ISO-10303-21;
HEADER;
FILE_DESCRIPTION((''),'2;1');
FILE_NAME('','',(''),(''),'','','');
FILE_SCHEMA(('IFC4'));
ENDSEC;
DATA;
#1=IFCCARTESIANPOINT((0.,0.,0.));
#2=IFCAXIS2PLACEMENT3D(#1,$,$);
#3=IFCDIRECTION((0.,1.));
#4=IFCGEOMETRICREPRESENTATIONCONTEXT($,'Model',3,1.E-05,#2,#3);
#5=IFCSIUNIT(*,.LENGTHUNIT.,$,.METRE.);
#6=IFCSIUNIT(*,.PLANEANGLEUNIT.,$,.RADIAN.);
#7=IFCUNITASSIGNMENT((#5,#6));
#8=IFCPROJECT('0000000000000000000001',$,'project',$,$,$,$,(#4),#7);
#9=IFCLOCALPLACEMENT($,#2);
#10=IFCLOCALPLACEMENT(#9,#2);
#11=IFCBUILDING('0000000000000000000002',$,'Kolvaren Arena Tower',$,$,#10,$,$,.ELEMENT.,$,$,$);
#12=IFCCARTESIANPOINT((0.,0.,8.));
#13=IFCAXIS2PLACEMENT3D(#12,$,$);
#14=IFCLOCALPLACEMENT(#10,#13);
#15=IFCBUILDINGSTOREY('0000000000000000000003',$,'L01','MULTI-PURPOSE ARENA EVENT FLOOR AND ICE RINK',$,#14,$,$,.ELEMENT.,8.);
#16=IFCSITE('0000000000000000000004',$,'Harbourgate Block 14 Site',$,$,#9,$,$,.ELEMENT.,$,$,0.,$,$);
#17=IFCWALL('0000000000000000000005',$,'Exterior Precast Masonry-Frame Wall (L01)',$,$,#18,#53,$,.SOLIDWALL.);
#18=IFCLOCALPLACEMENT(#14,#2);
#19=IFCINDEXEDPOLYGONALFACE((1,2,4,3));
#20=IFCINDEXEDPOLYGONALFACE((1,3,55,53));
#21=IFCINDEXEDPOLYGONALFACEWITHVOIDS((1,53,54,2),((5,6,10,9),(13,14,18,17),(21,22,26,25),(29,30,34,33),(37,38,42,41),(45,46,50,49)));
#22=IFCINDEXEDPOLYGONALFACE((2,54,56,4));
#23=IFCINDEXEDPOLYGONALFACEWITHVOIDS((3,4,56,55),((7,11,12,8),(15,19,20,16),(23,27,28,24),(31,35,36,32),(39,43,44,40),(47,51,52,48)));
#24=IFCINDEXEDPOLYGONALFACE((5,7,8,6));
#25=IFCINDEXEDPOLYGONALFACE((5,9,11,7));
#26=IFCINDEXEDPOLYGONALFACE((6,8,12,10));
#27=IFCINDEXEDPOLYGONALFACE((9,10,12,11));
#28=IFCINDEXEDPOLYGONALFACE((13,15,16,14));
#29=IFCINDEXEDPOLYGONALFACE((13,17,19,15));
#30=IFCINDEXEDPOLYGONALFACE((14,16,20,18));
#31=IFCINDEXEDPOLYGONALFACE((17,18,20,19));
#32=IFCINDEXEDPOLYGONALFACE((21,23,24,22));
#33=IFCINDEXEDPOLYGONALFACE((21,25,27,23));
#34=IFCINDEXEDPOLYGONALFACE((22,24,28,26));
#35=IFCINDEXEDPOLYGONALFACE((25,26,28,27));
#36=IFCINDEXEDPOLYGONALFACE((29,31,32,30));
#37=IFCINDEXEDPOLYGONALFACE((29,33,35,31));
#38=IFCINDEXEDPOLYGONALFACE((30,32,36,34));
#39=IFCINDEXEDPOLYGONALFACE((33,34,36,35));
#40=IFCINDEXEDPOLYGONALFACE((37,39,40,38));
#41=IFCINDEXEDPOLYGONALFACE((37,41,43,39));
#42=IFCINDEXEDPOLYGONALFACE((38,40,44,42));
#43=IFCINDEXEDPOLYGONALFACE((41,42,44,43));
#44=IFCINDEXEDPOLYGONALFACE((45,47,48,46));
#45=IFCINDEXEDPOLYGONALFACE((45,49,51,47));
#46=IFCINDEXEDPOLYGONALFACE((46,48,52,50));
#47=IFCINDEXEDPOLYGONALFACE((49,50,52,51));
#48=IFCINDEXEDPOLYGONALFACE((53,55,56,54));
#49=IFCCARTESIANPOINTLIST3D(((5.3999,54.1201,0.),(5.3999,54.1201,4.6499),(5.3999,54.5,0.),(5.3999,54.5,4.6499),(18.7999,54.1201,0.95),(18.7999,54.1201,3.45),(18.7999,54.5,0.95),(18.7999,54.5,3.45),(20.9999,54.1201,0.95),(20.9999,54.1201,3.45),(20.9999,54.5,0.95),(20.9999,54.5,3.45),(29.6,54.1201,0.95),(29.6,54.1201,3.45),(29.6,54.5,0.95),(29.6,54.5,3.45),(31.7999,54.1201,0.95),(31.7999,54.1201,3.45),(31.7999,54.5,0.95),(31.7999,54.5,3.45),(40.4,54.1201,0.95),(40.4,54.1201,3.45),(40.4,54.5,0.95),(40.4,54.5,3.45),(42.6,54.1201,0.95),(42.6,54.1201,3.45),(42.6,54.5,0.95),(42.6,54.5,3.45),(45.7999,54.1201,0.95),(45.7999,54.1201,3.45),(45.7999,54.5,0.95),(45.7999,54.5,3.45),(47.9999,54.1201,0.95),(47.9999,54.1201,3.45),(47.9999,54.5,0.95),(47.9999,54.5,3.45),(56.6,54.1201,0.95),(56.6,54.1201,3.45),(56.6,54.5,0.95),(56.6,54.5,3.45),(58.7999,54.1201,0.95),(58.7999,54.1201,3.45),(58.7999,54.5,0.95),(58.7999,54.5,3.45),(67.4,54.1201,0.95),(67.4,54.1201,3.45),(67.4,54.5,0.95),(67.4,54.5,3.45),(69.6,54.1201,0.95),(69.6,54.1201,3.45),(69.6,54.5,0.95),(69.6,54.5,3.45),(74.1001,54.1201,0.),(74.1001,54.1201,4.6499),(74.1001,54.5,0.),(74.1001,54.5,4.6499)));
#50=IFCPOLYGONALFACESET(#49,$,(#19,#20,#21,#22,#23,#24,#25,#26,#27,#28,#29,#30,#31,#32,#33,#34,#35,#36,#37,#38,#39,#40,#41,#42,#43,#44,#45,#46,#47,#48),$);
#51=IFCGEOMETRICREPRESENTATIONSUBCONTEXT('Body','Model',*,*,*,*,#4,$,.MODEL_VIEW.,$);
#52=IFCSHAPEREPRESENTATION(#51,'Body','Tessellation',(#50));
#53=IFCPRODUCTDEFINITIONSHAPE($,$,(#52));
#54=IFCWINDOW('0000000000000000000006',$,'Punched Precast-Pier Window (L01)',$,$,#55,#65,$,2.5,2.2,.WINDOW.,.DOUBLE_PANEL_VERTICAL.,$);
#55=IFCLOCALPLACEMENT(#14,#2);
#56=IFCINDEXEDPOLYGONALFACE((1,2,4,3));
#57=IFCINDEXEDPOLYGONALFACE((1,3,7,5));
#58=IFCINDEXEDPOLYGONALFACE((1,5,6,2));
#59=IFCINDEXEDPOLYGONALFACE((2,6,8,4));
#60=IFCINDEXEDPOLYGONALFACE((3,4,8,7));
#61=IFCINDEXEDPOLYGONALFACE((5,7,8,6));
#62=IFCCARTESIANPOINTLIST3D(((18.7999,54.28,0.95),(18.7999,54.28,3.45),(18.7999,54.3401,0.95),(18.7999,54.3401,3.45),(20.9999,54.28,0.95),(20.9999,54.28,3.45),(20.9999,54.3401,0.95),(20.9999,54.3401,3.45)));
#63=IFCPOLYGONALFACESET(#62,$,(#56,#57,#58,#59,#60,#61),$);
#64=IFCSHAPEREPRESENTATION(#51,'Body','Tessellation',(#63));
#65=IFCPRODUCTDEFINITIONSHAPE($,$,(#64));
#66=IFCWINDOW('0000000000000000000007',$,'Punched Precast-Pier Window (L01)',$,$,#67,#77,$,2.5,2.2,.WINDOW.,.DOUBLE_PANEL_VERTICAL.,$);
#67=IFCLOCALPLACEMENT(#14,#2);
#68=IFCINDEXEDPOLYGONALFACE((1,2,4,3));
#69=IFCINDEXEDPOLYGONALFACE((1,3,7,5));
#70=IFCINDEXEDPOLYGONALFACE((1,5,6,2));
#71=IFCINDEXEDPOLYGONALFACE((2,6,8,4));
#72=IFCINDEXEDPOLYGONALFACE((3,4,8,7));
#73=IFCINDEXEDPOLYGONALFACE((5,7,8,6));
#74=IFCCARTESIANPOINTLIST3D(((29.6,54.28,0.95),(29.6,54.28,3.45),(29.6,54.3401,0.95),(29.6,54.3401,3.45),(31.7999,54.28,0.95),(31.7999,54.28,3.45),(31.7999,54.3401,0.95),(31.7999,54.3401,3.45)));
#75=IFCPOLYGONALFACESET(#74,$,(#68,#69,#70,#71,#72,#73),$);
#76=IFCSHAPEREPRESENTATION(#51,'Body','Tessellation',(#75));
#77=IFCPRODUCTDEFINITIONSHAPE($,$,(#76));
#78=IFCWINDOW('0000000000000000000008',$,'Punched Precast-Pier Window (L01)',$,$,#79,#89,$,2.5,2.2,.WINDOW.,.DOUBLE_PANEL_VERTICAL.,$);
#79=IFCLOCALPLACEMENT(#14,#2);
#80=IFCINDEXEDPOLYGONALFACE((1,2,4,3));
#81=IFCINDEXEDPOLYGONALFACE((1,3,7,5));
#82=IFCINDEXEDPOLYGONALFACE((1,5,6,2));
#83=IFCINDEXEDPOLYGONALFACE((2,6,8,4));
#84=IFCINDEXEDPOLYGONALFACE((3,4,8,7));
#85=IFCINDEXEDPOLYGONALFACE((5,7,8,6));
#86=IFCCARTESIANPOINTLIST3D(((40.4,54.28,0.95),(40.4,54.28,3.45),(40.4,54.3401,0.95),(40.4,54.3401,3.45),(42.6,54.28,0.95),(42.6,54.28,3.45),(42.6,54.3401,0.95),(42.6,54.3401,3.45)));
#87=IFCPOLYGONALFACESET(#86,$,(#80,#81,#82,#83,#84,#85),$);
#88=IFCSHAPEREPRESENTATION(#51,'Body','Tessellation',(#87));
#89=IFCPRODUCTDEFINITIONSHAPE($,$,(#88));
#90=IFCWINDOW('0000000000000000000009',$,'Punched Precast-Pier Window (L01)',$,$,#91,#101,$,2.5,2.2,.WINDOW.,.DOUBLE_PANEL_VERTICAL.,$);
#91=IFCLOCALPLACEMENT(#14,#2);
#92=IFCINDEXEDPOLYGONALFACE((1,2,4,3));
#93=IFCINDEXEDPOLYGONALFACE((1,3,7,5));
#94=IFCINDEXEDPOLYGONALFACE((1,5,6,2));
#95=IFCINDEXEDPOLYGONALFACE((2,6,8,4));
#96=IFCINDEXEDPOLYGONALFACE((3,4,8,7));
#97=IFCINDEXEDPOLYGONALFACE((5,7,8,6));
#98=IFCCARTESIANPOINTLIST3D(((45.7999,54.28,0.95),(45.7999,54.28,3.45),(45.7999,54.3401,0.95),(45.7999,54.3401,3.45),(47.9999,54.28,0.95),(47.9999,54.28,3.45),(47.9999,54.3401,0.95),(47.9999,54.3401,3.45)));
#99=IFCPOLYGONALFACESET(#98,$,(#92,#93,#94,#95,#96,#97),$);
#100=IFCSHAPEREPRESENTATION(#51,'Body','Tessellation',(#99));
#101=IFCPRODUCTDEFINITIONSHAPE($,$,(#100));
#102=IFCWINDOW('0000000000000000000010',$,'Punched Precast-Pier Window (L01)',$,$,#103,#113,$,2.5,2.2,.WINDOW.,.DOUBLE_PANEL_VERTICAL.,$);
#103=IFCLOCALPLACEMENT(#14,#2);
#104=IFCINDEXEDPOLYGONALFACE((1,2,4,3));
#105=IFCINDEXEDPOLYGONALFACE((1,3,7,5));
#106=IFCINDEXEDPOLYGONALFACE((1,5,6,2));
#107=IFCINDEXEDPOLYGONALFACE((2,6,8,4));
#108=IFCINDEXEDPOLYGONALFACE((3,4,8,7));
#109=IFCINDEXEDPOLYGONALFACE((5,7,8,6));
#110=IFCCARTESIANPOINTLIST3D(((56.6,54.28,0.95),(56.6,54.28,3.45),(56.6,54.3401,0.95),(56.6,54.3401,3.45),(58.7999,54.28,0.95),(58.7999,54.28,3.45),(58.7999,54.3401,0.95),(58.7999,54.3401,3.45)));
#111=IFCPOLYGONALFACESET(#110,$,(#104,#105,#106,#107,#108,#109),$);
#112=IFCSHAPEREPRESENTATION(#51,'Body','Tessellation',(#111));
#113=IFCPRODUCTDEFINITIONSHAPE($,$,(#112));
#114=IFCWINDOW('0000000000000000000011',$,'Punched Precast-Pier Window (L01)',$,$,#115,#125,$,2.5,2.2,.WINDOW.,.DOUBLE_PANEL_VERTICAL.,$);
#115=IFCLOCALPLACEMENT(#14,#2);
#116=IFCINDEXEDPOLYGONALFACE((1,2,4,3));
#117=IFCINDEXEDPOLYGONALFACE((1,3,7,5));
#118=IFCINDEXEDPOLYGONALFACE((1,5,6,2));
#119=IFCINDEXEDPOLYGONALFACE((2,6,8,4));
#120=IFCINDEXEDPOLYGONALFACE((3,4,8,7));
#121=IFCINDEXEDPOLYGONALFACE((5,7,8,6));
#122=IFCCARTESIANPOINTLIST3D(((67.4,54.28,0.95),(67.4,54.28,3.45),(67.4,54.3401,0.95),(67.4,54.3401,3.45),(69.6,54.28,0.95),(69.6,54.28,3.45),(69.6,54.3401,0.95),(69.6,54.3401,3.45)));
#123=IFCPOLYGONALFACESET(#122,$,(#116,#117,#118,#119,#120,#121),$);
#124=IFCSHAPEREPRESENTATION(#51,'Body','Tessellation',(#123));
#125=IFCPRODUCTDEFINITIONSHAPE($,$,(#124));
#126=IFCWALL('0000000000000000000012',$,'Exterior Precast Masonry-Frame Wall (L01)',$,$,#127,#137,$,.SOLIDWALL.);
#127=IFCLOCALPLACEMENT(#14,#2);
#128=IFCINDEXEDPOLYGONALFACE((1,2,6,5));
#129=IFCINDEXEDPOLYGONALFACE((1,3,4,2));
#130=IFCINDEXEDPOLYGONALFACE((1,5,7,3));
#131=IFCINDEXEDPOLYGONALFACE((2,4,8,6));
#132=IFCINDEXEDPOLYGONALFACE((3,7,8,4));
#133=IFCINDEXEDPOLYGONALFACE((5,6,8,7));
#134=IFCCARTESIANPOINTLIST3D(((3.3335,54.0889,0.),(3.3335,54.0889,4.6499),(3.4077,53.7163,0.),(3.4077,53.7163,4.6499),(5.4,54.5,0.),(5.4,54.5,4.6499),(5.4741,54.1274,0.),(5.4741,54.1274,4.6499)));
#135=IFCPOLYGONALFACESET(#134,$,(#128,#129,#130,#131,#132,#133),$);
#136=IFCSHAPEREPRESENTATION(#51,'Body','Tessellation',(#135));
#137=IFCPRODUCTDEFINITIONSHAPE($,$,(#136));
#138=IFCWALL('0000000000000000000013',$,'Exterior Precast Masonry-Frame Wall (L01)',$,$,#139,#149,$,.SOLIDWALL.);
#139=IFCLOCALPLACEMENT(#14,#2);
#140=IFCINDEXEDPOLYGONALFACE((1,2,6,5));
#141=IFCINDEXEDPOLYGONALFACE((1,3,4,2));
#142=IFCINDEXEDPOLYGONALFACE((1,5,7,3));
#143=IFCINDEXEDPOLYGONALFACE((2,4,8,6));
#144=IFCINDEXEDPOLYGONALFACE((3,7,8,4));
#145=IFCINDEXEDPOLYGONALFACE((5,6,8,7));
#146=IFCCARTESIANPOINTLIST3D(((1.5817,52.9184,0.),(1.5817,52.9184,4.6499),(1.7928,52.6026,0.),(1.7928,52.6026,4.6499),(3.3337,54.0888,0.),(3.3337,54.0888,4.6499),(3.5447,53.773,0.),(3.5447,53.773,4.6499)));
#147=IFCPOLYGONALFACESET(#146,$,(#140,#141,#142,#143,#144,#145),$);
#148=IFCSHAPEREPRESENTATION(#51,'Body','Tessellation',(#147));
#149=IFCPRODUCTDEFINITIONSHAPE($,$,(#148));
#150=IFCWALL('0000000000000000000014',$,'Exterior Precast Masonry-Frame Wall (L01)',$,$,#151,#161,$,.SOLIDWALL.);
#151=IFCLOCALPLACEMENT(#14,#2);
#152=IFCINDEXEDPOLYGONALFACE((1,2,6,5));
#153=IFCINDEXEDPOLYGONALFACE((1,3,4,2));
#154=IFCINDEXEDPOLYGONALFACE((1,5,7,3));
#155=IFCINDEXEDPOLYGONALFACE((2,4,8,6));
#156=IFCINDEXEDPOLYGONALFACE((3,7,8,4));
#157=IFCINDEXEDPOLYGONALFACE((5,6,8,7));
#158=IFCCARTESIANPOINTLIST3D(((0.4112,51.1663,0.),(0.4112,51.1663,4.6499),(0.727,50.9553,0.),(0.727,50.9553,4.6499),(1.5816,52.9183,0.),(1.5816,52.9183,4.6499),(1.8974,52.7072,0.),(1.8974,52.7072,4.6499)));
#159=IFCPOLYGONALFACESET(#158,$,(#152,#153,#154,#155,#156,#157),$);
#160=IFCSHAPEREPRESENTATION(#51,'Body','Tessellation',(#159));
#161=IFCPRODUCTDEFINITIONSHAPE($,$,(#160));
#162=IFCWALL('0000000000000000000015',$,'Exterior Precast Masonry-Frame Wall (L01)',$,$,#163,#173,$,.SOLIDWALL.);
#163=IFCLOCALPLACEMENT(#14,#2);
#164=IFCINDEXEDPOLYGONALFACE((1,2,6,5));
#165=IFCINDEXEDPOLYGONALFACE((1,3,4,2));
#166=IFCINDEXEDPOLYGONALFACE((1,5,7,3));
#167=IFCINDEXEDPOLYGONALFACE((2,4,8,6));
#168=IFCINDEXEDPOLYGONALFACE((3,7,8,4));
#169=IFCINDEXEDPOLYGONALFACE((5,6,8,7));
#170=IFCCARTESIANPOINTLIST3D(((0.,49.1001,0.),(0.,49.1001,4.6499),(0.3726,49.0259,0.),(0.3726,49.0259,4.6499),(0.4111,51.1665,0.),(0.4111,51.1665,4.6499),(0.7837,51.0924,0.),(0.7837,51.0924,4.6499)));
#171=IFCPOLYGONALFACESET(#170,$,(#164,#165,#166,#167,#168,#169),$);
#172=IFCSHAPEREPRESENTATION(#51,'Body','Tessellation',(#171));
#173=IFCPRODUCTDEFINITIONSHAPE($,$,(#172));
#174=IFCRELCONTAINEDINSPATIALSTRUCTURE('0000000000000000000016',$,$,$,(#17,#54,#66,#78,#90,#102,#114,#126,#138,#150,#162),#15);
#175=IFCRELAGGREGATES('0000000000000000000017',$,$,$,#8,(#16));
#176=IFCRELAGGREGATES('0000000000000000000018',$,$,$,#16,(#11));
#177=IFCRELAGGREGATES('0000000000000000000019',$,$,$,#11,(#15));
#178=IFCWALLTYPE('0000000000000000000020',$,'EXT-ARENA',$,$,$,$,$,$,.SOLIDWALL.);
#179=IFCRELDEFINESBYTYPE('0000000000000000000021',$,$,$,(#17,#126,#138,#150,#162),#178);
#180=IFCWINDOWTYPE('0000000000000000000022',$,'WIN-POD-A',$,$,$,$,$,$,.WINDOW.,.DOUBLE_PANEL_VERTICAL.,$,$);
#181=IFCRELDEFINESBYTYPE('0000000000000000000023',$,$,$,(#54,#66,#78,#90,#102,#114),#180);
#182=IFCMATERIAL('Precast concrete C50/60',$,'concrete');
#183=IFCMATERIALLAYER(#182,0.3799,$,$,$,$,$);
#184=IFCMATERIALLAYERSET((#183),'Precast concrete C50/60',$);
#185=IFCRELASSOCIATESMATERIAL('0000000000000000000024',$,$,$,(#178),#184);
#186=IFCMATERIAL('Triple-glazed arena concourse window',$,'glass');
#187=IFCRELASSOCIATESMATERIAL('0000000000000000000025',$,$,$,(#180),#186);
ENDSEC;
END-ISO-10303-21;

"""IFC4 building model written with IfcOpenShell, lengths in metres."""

from ifc_helpers import new_model, si_unit, direction, frame, frame_2d, origin, place, context, subcontext, project, spatial, rectangle, extrude, material, layer, layer_set, type_object, element, fill, save


model = new_model("IFC4")

# Units and contexts
model_context = context("Model", 3, precision=1e-05, world=origin(), true_north=direction((0.0, 1.0)))
body_context = subcontext(model_context, "Body", "Model", "MODEL_VIEW")
ifc_project = project(units=[si_unit("LENGTHUNIT", "METRE"), si_unit("PLANEANGLEUNIT", "RADIAN")], contexts=[model_context])

# Site, building, storey
site_placement = place(None, origin())
site = spatial("IfcSite", under=ifc_project, at=site_placement, Name="Harbourgate Block 14 Site", CompositionType="ELEMENT", RefElevation=0.0)
building_placement = place(site_placement, origin())
building = spatial("IfcBuilding", under=site, at=building_placement, Name="Kolvaren Arena Tower", CompositionType="ELEMENT")
storey_placement = place(building_placement, frame((0.0, 0.0, 8.0)))
storey = spatial("IfcBuildingStorey", under=building, at=storey_placement, Name="L01", Description="MULTI-PURPOSE ARENA EVENT FLOOR AND ICE RINK", CompositionType="ELEMENT", Elevation=8.0)

# Wall, openings, windows
ifc_material_1 = material(Name="Precast concrete C50/60", Category="concrete")
ifc_layer = layer(ifc_material_1, 0.3799)
ifc_layer_set = layer_set([ifc_layer], Name="Precast concrete C50/60")
wall_type = type_object("IfcWallType", Name="EXT-ARENA", PredefinedType="SOLIDWALL", material=ifc_layer_set)
wall_placement = place(storey_placement, frame((5.3999, 54.3101, 0.0), z_axis=(0.0, 0.0, 1.0), x_axis=(1.0, 0.0, 0.0)))
wall = element("IfcWall", 1, at=wall_placement, inside=storey, type_object=wall_type, Name="Exterior Precast Masonry-Frame Wall (L01)", PredefinedType="SOLIDWALL", context=body_context, shape_type="SweptSolid", body=[
    extrude(rectangle(XDim=68.7002, YDim=0.3799, at=frame_2d((34.3501, 0.0))), origin(), (0.0, 0.0, 1.0), 4.6499),
])
opening_1_placement = place(wall_placement, frame((13.3999, 0.0, 0.95)))
opening_1 = element("IfcOpeningElement", 2, at=opening_1_placement, cuts=wall, PredefinedType="OPENING", context=body_context, shape_type="SweptSolid", body=[
    extrude(rectangle(XDim=2.2, YDim=2.5, at=frame_2d((1.1001, 1.25))), frame((0.0, 0.2, 0.0), z_axis=(0.0, -1.0, 0.0), x_axis=(1.0, 0.0, 0.0)), (0.0, 0.0, 1.0), 0.3999),
])
opening_2_placement = place(wall_placement, frame((24.2, 0.0, 0.95)))
opening_2 = element("IfcOpeningElement", 3, at=opening_2_placement, cuts=wall, PredefinedType="OPENING", context=body_context, shape_type="SweptSolid", body=[
    extrude(rectangle(XDim=2.2, YDim=2.5, at=frame_2d((1.1001, 1.25))), frame((0.0, 0.2, 0.0), z_axis=(0.0, -1.0, 0.0), x_axis=(1.0, 0.0, 0.0)), (0.0, 0.0, 1.0), 0.3999),
])
opening_3_placement = place(wall_placement, frame((35.0, 0.0, 0.95)))
opening_3 = element("IfcOpeningElement", 4, at=opening_3_placement, cuts=wall, PredefinedType="OPENING", context=body_context, shape_type="SweptSolid", body=[
    extrude(rectangle(XDim=2.2, YDim=2.5, at=frame_2d((1.1001, 1.25))), frame((0.0, 0.2, 0.0), z_axis=(0.0, -1.0, 0.0), x_axis=(1.0, 0.0, 0.0)), (0.0, 0.0, 1.0), 0.3999),
])
opening_4_placement = place(wall_placement, frame((40.3999, 0.0, 0.95)))
opening_4 = element("IfcOpeningElement", 5, at=opening_4_placement, cuts=wall, PredefinedType="OPENING", context=body_context, shape_type="SweptSolid", body=[
    extrude(rectangle(XDim=2.2, YDim=2.5, at=frame_2d((1.1001, 1.25))), frame((0.0, 0.2, 0.0), z_axis=(0.0, -1.0, 0.0), x_axis=(1.0, 0.0, 0.0)), (0.0, 0.0, 1.0), 0.3999),
])
opening_5_placement = place(wall_placement, frame((51.2, 0.0, 0.95)))
opening_5 = element("IfcOpeningElement", 6, at=opening_5_placement, cuts=wall, PredefinedType="OPENING", context=body_context, shape_type="SweptSolid", body=[
    extrude(rectangle(XDim=2.2, YDim=2.5, at=frame_2d((1.1001, 1.25))), frame((0.0, 0.2, 0.0), z_axis=(0.0, -1.0, 0.0), x_axis=(1.0, 0.0, 0.0)), (0.0, 0.0, 1.0), 0.3999),
])
opening_6_placement = place(wall_placement, frame((62.0, 0.0, 0.95)))
opening_6 = element("IfcOpeningElement", 7, at=opening_6_placement, cuts=wall, PredefinedType="OPENING", context=body_context, shape_type="SweptSolid", body=[
    extrude(rectangle(XDim=2.2, YDim=2.5, at=frame_2d((1.1001, 1.25))), frame((0.0, 0.2, 0.0), z_axis=(0.0, -1.0, 0.0), x_axis=(1.0, 0.0, 0.0)), (0.0, 0.0, 1.0), 0.3999),
])
ifc_material_2 = material(Name="Triple-glazed arena concourse window", Category="glass")
window_type = type_object("IfcWindowType", Name="WIN-POD-A", PartitioningType="DOUBLE_PANEL_VERTICAL", PredefinedType="WINDOW", material=ifc_material_2)
window_1_placement = place(opening_1_placement, origin())
window_1 = element("IfcWindow", 8, at=window_1_placement, inside=storey, type_object=window_type, Name="Punched Precast-Pier Window (L01)", OverallHeight=2.5, OverallWidth=2.2, PartitioningType="DOUBLE_PANEL_VERTICAL", PredefinedType="WINDOW", context=body_context, shape_type="SweptSolid", body=[
    extrude(rectangle(XDim=2.2, YDim=2.5, at=frame_2d((1.1001, 1.25))), frame((0.0, 0.03, 0.0), z_axis=(0.0, -1.0, 0.0), x_axis=(1.0, 0.0, 0.0)), (0.0, 0.0, 1.0), 0.0601),
])
fill(opening_1, window_1)
window_2_placement = place(opening_2_placement, origin())
window_2 = element("IfcWindow", 9, at=window_2_placement, inside=storey, type_object=window_type, Name="Punched Precast-Pier Window (L01)", OverallHeight=2.5, OverallWidth=2.2, PartitioningType="DOUBLE_PANEL_VERTICAL", PredefinedType="WINDOW", context=body_context, shape_type="SweptSolid", body=[
    extrude(rectangle(XDim=2.2, YDim=2.5, at=frame_2d((1.1001, 1.25))), frame((0.0, 0.03, 0.0), z_axis=(0.0, -1.0, 0.0), x_axis=(1.0, 0.0, 0.0)), (0.0, 0.0, 1.0), 0.0601),
])
fill(opening_2, window_2)
window_3_placement = place(opening_3_placement, origin())
window_3 = element("IfcWindow", 10, at=window_3_placement, inside=storey, type_object=window_type, Name="Punched Precast-Pier Window (L01)", OverallHeight=2.5, OverallWidth=2.2, PartitioningType="DOUBLE_PANEL_VERTICAL", PredefinedType="WINDOW", context=body_context, shape_type="SweptSolid", body=[
    extrude(rectangle(XDim=2.2, YDim=2.5, at=frame_2d((1.1001, 1.25))), frame((0.0, 0.03, 0.0), z_axis=(0.0, -1.0, 0.0), x_axis=(1.0, 0.0, 0.0)), (0.0, 0.0, 1.0), 0.0601),
])
fill(opening_3, window_3)
window_4_placement = place(opening_4_placement, origin())
window_4 = element("IfcWindow", 11, at=window_4_placement, inside=storey, type_object=window_type, Name="Punched Precast-Pier Window (L01)", OverallHeight=2.5, OverallWidth=2.2, PartitioningType="DOUBLE_PANEL_VERTICAL", PredefinedType="WINDOW", context=body_context, shape_type="SweptSolid", body=[
    extrude(rectangle(XDim=2.2, YDim=2.5, at=frame_2d((1.1001, 1.25))), frame((0.0, 0.03, 0.0), z_axis=(0.0, -1.0, 0.0), x_axis=(1.0, 0.0, 0.0)), (0.0, 0.0, 1.0), 0.0601),
])
fill(opening_4, window_4)
window_5_placement = place(opening_5_placement, origin())
window_5 = element("IfcWindow", 12, at=window_5_placement, inside=storey, type_object=window_type, Name="Punched Precast-Pier Window (L01)", OverallHeight=2.5, OverallWidth=2.2, PartitioningType="DOUBLE_PANEL_VERTICAL", PredefinedType="WINDOW", context=body_context, shape_type="SweptSolid", body=[
    extrude(rectangle(XDim=2.2, YDim=2.5, at=frame_2d((1.1001, 1.25))), frame((0.0, 0.03, 0.0), z_axis=(0.0, -1.0, 0.0), x_axis=(1.0, 0.0, 0.0)), (0.0, 0.0, 1.0), 0.0601),
])
fill(opening_5, window_5)
window_6_placement = place(opening_6_placement, origin())
window_6 = element("IfcWindow", 13, at=window_6_placement, inside=storey, type_object=window_type, Name="Punched Precast-Pier Window (L01)", OverallHeight=2.5, OverallWidth=2.2, PartitioningType="DOUBLE_PANEL_VERTICAL", PredefinedType="WINDOW", context=body_context, shape_type="SweptSolid", body=[
    extrude(rectangle(XDim=2.2, YDim=2.5, at=frame_2d((1.1001, 1.25))), frame((0.0, 0.03, 0.0), z_axis=(0.0, -1.0, 0.0), x_axis=(1.0, 0.0, 0.0)), (0.0, 0.0, 1.0), 0.0601),
])
fill(opening_6, window_6)

# Walls
for number, where, z_axis, x_axis, name in (
    (14, (3.3706, 53.9026, 0.0), (0.0, 0.0, 1.0), (0.980776, 0.195136, 0.0), "Exterior Precast Masonry-Frame Wall (L01)"),
    (15, (1.6873, 52.7605, 0.0), (0.0, 0.0, 1.0), (0.831515, 0.555502, 0.0), "Exterior Precast Masonry-Frame Wall (L01)"),
    (16, (0.5691, 51.0608, 0.0), (0.0, 0.0, 1.0), (0.555502, 0.831515, 0.0), "Exterior Precast Masonry-Frame Wall (L01)"),
    (17, (0.1863, 49.063, 0.0), (0.0, 0.0, 1.0), (0.195136, 0.980776, 0.0), "Exterior Precast Masonry-Frame Wall (L01)"),
):
    element("IfcWall", number, at=place(storey_placement, frame(where, z_axis=z_axis, x_axis=x_axis)), inside=storey, type_object=wall_type, Name=name, PredefinedType="SOLIDWALL", context=body_context, shape_type="SweptSolid", body=[
        extrude(rectangle(XDim=2.1069, YDim=0.3799, at=frame_2d((1.0535, 0.0))), origin(), (0.0, 0.0, 1.0), 4.6499),
    ])

save(model, "model.ifc")
